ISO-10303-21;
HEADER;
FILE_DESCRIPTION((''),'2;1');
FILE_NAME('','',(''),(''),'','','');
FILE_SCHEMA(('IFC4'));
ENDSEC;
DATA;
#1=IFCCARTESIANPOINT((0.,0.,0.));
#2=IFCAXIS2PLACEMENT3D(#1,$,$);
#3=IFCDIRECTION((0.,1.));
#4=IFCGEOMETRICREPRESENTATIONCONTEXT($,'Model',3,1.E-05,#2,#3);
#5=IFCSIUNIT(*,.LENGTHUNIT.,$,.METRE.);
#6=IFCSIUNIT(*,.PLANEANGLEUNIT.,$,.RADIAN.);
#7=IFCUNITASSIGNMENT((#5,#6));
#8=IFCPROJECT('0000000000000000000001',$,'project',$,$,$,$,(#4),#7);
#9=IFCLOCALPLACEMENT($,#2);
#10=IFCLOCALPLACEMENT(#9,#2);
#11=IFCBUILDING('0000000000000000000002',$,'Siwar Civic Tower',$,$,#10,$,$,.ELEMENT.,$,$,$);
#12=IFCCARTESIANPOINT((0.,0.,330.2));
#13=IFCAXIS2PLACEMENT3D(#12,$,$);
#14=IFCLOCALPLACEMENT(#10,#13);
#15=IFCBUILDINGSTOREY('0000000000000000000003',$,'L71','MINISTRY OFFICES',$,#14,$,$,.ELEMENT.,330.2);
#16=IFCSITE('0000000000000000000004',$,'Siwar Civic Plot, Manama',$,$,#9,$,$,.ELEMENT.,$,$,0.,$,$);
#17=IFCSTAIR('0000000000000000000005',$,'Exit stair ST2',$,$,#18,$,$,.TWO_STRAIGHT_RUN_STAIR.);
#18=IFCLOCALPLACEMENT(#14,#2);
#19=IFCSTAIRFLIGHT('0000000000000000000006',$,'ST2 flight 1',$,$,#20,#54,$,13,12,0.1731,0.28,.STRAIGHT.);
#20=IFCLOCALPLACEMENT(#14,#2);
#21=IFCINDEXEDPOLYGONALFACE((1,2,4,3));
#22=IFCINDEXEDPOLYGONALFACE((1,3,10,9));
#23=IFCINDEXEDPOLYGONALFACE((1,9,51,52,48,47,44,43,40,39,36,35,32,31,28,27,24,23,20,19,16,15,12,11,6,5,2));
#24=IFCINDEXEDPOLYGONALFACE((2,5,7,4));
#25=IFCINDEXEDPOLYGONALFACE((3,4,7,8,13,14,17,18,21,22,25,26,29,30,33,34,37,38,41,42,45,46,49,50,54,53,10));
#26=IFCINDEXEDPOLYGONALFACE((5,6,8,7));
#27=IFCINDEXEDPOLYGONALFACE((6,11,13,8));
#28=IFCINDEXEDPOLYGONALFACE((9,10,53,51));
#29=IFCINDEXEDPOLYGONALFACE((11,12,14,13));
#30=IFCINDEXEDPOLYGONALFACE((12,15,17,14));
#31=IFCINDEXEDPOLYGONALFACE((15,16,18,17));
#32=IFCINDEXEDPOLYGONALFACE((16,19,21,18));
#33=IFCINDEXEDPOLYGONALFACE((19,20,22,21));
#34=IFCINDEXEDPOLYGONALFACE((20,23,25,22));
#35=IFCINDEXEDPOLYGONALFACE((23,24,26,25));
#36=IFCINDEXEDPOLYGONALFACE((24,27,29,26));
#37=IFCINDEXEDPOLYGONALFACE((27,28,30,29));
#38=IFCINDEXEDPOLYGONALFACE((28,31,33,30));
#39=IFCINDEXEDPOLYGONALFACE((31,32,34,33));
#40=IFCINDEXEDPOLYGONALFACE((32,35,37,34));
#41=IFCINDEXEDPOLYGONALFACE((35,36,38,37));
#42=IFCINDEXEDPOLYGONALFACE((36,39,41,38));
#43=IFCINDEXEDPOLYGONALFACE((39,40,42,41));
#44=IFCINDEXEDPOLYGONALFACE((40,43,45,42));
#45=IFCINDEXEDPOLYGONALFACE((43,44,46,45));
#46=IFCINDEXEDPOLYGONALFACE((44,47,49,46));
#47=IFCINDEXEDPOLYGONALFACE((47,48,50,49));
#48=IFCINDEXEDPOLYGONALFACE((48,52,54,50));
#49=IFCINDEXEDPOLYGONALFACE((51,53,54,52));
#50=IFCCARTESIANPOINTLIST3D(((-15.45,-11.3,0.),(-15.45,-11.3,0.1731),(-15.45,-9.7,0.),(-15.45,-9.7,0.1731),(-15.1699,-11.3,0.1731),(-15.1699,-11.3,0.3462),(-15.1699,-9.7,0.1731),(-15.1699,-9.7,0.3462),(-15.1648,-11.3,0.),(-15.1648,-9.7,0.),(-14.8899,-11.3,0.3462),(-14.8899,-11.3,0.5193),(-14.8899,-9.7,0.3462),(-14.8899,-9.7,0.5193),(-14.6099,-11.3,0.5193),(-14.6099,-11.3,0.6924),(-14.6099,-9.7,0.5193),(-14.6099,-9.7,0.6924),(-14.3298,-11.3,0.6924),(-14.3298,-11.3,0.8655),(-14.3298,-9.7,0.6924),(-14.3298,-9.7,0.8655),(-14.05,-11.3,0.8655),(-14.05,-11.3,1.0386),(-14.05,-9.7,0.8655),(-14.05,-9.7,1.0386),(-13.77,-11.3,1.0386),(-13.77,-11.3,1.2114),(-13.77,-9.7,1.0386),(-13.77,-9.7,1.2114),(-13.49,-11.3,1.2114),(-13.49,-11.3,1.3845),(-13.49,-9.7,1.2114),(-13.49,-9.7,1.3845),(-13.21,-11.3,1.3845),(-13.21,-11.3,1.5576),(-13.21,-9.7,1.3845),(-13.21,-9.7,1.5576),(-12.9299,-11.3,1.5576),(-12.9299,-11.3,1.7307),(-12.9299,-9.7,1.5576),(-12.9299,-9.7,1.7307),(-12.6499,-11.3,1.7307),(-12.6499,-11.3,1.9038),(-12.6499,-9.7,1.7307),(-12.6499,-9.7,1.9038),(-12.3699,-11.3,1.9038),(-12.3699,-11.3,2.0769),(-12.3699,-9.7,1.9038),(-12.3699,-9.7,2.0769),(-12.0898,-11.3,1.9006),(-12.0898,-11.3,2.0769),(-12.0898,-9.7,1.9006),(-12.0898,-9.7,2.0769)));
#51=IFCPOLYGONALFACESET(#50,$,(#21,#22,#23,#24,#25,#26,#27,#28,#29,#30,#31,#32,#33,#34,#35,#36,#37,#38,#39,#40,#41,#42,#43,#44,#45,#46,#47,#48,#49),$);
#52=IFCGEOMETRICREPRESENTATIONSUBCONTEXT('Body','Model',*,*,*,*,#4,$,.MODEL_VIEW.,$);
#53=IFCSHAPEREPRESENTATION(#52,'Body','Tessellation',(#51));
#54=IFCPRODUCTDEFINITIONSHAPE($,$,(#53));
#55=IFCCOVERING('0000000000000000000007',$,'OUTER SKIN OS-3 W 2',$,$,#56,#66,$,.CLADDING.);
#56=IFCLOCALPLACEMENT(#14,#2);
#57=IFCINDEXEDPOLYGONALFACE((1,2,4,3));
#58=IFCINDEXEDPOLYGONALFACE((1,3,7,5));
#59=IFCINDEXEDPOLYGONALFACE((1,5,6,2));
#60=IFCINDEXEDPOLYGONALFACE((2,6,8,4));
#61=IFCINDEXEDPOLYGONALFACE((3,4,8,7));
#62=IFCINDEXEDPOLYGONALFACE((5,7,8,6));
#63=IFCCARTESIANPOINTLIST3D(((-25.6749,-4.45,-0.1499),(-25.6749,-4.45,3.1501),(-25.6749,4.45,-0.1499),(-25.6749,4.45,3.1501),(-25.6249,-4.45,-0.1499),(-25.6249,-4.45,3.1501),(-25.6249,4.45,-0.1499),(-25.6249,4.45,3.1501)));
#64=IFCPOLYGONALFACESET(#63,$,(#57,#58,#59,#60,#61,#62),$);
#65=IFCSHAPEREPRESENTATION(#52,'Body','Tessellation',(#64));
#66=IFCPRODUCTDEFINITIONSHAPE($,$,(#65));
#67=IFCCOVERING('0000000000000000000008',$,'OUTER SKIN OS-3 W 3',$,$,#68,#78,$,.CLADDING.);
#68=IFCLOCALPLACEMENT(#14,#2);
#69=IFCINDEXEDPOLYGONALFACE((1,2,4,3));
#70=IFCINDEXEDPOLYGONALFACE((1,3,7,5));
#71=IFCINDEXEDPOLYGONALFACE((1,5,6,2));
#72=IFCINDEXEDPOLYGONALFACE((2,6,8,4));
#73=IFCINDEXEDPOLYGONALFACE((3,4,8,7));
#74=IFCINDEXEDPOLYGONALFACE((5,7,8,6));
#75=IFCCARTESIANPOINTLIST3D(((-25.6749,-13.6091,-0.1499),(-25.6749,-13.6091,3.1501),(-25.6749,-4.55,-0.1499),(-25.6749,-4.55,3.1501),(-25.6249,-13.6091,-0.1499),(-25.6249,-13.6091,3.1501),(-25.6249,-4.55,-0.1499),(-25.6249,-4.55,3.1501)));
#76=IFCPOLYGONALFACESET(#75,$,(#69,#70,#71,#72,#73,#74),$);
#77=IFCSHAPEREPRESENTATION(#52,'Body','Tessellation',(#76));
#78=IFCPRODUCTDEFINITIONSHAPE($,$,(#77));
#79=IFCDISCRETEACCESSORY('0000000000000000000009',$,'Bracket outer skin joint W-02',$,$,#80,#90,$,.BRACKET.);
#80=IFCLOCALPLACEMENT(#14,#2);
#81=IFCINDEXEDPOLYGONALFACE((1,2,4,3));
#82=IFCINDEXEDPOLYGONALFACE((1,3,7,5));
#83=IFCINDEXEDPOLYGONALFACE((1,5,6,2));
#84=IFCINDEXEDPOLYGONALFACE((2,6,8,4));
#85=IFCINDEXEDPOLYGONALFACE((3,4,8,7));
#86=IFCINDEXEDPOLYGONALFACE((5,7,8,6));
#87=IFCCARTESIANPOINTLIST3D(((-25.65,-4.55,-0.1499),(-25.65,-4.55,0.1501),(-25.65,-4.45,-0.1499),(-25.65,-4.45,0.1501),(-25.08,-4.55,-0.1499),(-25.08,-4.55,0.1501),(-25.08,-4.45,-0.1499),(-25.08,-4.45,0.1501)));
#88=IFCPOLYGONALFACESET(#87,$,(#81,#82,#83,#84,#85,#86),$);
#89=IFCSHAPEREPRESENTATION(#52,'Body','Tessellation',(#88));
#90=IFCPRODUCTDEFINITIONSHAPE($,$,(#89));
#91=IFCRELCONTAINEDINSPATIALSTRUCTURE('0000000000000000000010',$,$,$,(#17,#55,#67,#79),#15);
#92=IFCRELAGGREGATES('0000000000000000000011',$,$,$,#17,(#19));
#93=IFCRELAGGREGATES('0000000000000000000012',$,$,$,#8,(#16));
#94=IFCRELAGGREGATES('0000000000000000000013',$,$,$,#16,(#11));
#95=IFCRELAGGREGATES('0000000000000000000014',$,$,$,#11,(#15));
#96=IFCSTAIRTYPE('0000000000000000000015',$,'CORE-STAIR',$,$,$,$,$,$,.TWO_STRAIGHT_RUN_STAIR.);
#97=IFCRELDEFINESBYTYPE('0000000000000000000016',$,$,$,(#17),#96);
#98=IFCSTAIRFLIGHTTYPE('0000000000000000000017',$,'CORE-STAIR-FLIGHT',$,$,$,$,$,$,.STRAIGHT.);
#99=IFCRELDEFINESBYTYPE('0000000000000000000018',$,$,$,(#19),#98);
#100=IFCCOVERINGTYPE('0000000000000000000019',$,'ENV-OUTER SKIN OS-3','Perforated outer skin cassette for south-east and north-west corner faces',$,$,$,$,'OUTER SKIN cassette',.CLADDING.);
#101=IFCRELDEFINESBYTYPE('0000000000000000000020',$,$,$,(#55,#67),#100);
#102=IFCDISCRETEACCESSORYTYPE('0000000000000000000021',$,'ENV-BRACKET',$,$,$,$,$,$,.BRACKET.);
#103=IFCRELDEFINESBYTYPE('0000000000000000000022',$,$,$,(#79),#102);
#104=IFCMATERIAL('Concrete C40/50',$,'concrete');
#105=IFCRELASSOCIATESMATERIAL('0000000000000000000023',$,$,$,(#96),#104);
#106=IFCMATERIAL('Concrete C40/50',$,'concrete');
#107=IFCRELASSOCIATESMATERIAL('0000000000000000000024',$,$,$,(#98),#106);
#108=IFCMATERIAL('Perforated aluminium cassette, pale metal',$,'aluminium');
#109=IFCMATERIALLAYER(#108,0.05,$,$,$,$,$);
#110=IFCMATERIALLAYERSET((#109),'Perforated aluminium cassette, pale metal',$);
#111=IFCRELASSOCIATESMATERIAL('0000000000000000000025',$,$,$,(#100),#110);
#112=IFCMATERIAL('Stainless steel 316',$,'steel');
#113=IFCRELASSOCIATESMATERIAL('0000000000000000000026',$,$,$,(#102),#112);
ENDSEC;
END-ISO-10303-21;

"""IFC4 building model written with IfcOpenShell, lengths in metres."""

from ifc_helpers import new_model, si_unit, direction, frame, origin, origin_2d, place, context, subcontext, project, spatial, polyline, rectangle, outline, extrude, material, layer, layer_set, type_object, element, aggregate, save


model = new_model("IFC4")

# Units and contexts
model_context = context("Model", 3, precision=1e-05, world=origin(), true_north=direction((0.0, 1.0)))
body_context = subcontext(model_context, "Body", "Model", "MODEL_VIEW")
ifc_project = project(units=[si_unit("LENGTHUNIT", "METRE"), si_unit("PLANEANGLEUNIT", "RADIAN")], contexts=[model_context])

# Site, building, storey
site_placement = place(None, origin())
site = spatial("IfcSite", under=ifc_project, at=site_placement, Name="Siwar Civic Plot, Manama", CompositionType="ELEMENT", RefElevation=0.0)
building_placement = place(site_placement, origin())
building = spatial("IfcBuilding", under=site, at=building_placement, Name="Siwar Civic Tower", CompositionType="ELEMENT")
storey_placement = place(building_placement, frame((0.0, 0.0, 330.2)))
storey = spatial("IfcBuildingStorey", under=building, at=storey_placement, Name="L71", Description="MINISTRY OFFICES", CompositionType="ELEMENT", Elevation=330.2)

# Stair, stair flight
ifc_material_1 = material(Name="Concrete C40/50", Category="concrete")
stair_type = type_object("IfcStairType", Name="CORE-STAIR", PredefinedType="TWO_STRAIGHT_RUN_STAIR", material=ifc_material_1)
stair_placement = place(storey_placement, origin())
stair = element("IfcStair", 1, at=stair_placement, inside=storey, type_object=stair_type, Name="Exit stair ST2", PredefinedType="TWO_STRAIGHT_RUN_STAIR")
ifc_material_2 = material(Name="Concrete C40/50", Category="concrete")
stair_flight_type = type_object("IfcStairFlightType", Name="CORE-STAIR-FLIGHT", PredefinedType="STRAIGHT", material=ifc_material_2)
stair_flight_placement = place(storey_placement, frame((-15.45, -10.5, 0.0), z_axis=(0.0, 0.0, 1.0), x_axis=(1.0, 0.0, 0.0)))
stair_flight = element("IfcStairFlight", 2, at=stair_flight_placement, type_object=stair_flight_type, Name="ST2 flight 1", NumberOfRisers=13, NumberOfTreads=12, PredefinedType="STRAIGHT", RiserHeight=0.1731, TreadLength=0.28, context=body_context, shape_type="SweptSolid", body=[
    extrude(outline(polyline([(0.0, 0.0), (0.0, 0.1731), (0.28, 0.1731), (0.28, 0.3462), (0.5601, 0.3462), (0.5601, 0.5193), (0.8401, 0.5193), (0.8401, 0.6924), (1.1201, 0.6924), (1.1201, 0.8655), (1.3999, 0.8655), (1.3999, 1.0386), (1.6799, 1.0386), (1.6799, 1.2114), (1.96, 1.2114), (1.96, 1.3845), (2.24, 1.3845), (2.24, 1.5576), (2.52, 1.5576), (2.52, 1.7307), (2.8, 1.7307), (2.8, 1.9038), (3.0801, 1.9038), (3.0801, 2.0769), (3.3601, 2.0769), (3.3601, 2.25), (3.3601, 1.9006), (0.2852, 0.0), (0.0, 0.0)])), frame((0.0, 0.8, 0.0), z_axis=(0.0, -1.0, 0.0), x_axis=(1.0, 0.0, 0.0)), (0.0, 0.0, 1.0), 1.6001),
])
aggregate(stair, [stair_flight])

# Coverings
ifc_material_3 = material(Name="Perforated aluminium cassette, pale metal", Category="aluminium")
ifc_layer_1 = layer(ifc_material_3, 0.05)
ifc_layer_set_1 = layer_set([ifc_layer_1], Name="Perforated aluminium cassette, pale metal")
covering_type = type_object("IfcCoveringType", Name="ENV-OUTER SKIN OS-3", Description="Perforated outer skin cassette for south-east and north-west corner faces", ElementType="OUTER SKIN cassette", PredefinedType="CLADDING", material=ifc_layer_set_1)
covering_1_placement = place(storey_placement, frame((-25.6499, 0.0, -0.1499), z_axis=(0.0, 0.0, 1.0), x_axis=(0.0, -1.0, 0.0)))
element("IfcCovering", 3, at=covering_1_placement, inside=storey, type_object=covering_type, Name="OUTER SKIN OS-3 W 2", PredefinedType="CLADDING", context=body_context, shape_type="SweptSolid", body=[
    extrude(rectangle(XDim=8.8999, YDim=0.05, at=origin_2d()), origin(), (0.0, 0.0, 1.0), 3.3),
])
covering_2_placement = place(storey_placement, frame((-25.6499, -9.0796, -0.1499), z_axis=(0.0, 0.0, 1.0), x_axis=(0.0, -1.0, 0.0)))
element("IfcCovering", 4, at=covering_2_placement, inside=storey, type_object=covering_type, Name="OUTER SKIN OS-3 W 3", PredefinedType="CLADDING", context=body_context, shape_type="SweptSolid", body=[
    extrude(rectangle(XDim=9.0591, YDim=0.05, at=origin_2d()), origin(), (0.0, 0.0, 1.0), 3.3),
])

# Discrete accessory
ifc_material_4 = material(Name="Stainless steel 316", Category="steel")
discrete_accessory_type = type_object("IfcDiscreteAccessoryType", Name="ENV-BRACKET", PredefinedType="BRACKET", material=ifc_material_4)
discrete_accessory_placement = place(storey_placement, frame((-25.365, -4.5, -0.1499), z_axis=(0.0, 0.0, 1.0), x_axis=(-1.0, 0.0, 0.0)))
element("IfcDiscreteAccessory", 5, at=discrete_accessory_placement, inside=storey, type_object=discrete_accessory_type, Name="Bracket outer skin joint W-02", PredefinedType="BRACKET", context=body_context, shape_type="SweptSolid", body=[
    extrude(rectangle(XDim=0.5701, YDim=0.1001, at=origin_2d()), origin(), (0.0, 0.0, 1.0), 0.3),
])

save(model, "model.ifc")
